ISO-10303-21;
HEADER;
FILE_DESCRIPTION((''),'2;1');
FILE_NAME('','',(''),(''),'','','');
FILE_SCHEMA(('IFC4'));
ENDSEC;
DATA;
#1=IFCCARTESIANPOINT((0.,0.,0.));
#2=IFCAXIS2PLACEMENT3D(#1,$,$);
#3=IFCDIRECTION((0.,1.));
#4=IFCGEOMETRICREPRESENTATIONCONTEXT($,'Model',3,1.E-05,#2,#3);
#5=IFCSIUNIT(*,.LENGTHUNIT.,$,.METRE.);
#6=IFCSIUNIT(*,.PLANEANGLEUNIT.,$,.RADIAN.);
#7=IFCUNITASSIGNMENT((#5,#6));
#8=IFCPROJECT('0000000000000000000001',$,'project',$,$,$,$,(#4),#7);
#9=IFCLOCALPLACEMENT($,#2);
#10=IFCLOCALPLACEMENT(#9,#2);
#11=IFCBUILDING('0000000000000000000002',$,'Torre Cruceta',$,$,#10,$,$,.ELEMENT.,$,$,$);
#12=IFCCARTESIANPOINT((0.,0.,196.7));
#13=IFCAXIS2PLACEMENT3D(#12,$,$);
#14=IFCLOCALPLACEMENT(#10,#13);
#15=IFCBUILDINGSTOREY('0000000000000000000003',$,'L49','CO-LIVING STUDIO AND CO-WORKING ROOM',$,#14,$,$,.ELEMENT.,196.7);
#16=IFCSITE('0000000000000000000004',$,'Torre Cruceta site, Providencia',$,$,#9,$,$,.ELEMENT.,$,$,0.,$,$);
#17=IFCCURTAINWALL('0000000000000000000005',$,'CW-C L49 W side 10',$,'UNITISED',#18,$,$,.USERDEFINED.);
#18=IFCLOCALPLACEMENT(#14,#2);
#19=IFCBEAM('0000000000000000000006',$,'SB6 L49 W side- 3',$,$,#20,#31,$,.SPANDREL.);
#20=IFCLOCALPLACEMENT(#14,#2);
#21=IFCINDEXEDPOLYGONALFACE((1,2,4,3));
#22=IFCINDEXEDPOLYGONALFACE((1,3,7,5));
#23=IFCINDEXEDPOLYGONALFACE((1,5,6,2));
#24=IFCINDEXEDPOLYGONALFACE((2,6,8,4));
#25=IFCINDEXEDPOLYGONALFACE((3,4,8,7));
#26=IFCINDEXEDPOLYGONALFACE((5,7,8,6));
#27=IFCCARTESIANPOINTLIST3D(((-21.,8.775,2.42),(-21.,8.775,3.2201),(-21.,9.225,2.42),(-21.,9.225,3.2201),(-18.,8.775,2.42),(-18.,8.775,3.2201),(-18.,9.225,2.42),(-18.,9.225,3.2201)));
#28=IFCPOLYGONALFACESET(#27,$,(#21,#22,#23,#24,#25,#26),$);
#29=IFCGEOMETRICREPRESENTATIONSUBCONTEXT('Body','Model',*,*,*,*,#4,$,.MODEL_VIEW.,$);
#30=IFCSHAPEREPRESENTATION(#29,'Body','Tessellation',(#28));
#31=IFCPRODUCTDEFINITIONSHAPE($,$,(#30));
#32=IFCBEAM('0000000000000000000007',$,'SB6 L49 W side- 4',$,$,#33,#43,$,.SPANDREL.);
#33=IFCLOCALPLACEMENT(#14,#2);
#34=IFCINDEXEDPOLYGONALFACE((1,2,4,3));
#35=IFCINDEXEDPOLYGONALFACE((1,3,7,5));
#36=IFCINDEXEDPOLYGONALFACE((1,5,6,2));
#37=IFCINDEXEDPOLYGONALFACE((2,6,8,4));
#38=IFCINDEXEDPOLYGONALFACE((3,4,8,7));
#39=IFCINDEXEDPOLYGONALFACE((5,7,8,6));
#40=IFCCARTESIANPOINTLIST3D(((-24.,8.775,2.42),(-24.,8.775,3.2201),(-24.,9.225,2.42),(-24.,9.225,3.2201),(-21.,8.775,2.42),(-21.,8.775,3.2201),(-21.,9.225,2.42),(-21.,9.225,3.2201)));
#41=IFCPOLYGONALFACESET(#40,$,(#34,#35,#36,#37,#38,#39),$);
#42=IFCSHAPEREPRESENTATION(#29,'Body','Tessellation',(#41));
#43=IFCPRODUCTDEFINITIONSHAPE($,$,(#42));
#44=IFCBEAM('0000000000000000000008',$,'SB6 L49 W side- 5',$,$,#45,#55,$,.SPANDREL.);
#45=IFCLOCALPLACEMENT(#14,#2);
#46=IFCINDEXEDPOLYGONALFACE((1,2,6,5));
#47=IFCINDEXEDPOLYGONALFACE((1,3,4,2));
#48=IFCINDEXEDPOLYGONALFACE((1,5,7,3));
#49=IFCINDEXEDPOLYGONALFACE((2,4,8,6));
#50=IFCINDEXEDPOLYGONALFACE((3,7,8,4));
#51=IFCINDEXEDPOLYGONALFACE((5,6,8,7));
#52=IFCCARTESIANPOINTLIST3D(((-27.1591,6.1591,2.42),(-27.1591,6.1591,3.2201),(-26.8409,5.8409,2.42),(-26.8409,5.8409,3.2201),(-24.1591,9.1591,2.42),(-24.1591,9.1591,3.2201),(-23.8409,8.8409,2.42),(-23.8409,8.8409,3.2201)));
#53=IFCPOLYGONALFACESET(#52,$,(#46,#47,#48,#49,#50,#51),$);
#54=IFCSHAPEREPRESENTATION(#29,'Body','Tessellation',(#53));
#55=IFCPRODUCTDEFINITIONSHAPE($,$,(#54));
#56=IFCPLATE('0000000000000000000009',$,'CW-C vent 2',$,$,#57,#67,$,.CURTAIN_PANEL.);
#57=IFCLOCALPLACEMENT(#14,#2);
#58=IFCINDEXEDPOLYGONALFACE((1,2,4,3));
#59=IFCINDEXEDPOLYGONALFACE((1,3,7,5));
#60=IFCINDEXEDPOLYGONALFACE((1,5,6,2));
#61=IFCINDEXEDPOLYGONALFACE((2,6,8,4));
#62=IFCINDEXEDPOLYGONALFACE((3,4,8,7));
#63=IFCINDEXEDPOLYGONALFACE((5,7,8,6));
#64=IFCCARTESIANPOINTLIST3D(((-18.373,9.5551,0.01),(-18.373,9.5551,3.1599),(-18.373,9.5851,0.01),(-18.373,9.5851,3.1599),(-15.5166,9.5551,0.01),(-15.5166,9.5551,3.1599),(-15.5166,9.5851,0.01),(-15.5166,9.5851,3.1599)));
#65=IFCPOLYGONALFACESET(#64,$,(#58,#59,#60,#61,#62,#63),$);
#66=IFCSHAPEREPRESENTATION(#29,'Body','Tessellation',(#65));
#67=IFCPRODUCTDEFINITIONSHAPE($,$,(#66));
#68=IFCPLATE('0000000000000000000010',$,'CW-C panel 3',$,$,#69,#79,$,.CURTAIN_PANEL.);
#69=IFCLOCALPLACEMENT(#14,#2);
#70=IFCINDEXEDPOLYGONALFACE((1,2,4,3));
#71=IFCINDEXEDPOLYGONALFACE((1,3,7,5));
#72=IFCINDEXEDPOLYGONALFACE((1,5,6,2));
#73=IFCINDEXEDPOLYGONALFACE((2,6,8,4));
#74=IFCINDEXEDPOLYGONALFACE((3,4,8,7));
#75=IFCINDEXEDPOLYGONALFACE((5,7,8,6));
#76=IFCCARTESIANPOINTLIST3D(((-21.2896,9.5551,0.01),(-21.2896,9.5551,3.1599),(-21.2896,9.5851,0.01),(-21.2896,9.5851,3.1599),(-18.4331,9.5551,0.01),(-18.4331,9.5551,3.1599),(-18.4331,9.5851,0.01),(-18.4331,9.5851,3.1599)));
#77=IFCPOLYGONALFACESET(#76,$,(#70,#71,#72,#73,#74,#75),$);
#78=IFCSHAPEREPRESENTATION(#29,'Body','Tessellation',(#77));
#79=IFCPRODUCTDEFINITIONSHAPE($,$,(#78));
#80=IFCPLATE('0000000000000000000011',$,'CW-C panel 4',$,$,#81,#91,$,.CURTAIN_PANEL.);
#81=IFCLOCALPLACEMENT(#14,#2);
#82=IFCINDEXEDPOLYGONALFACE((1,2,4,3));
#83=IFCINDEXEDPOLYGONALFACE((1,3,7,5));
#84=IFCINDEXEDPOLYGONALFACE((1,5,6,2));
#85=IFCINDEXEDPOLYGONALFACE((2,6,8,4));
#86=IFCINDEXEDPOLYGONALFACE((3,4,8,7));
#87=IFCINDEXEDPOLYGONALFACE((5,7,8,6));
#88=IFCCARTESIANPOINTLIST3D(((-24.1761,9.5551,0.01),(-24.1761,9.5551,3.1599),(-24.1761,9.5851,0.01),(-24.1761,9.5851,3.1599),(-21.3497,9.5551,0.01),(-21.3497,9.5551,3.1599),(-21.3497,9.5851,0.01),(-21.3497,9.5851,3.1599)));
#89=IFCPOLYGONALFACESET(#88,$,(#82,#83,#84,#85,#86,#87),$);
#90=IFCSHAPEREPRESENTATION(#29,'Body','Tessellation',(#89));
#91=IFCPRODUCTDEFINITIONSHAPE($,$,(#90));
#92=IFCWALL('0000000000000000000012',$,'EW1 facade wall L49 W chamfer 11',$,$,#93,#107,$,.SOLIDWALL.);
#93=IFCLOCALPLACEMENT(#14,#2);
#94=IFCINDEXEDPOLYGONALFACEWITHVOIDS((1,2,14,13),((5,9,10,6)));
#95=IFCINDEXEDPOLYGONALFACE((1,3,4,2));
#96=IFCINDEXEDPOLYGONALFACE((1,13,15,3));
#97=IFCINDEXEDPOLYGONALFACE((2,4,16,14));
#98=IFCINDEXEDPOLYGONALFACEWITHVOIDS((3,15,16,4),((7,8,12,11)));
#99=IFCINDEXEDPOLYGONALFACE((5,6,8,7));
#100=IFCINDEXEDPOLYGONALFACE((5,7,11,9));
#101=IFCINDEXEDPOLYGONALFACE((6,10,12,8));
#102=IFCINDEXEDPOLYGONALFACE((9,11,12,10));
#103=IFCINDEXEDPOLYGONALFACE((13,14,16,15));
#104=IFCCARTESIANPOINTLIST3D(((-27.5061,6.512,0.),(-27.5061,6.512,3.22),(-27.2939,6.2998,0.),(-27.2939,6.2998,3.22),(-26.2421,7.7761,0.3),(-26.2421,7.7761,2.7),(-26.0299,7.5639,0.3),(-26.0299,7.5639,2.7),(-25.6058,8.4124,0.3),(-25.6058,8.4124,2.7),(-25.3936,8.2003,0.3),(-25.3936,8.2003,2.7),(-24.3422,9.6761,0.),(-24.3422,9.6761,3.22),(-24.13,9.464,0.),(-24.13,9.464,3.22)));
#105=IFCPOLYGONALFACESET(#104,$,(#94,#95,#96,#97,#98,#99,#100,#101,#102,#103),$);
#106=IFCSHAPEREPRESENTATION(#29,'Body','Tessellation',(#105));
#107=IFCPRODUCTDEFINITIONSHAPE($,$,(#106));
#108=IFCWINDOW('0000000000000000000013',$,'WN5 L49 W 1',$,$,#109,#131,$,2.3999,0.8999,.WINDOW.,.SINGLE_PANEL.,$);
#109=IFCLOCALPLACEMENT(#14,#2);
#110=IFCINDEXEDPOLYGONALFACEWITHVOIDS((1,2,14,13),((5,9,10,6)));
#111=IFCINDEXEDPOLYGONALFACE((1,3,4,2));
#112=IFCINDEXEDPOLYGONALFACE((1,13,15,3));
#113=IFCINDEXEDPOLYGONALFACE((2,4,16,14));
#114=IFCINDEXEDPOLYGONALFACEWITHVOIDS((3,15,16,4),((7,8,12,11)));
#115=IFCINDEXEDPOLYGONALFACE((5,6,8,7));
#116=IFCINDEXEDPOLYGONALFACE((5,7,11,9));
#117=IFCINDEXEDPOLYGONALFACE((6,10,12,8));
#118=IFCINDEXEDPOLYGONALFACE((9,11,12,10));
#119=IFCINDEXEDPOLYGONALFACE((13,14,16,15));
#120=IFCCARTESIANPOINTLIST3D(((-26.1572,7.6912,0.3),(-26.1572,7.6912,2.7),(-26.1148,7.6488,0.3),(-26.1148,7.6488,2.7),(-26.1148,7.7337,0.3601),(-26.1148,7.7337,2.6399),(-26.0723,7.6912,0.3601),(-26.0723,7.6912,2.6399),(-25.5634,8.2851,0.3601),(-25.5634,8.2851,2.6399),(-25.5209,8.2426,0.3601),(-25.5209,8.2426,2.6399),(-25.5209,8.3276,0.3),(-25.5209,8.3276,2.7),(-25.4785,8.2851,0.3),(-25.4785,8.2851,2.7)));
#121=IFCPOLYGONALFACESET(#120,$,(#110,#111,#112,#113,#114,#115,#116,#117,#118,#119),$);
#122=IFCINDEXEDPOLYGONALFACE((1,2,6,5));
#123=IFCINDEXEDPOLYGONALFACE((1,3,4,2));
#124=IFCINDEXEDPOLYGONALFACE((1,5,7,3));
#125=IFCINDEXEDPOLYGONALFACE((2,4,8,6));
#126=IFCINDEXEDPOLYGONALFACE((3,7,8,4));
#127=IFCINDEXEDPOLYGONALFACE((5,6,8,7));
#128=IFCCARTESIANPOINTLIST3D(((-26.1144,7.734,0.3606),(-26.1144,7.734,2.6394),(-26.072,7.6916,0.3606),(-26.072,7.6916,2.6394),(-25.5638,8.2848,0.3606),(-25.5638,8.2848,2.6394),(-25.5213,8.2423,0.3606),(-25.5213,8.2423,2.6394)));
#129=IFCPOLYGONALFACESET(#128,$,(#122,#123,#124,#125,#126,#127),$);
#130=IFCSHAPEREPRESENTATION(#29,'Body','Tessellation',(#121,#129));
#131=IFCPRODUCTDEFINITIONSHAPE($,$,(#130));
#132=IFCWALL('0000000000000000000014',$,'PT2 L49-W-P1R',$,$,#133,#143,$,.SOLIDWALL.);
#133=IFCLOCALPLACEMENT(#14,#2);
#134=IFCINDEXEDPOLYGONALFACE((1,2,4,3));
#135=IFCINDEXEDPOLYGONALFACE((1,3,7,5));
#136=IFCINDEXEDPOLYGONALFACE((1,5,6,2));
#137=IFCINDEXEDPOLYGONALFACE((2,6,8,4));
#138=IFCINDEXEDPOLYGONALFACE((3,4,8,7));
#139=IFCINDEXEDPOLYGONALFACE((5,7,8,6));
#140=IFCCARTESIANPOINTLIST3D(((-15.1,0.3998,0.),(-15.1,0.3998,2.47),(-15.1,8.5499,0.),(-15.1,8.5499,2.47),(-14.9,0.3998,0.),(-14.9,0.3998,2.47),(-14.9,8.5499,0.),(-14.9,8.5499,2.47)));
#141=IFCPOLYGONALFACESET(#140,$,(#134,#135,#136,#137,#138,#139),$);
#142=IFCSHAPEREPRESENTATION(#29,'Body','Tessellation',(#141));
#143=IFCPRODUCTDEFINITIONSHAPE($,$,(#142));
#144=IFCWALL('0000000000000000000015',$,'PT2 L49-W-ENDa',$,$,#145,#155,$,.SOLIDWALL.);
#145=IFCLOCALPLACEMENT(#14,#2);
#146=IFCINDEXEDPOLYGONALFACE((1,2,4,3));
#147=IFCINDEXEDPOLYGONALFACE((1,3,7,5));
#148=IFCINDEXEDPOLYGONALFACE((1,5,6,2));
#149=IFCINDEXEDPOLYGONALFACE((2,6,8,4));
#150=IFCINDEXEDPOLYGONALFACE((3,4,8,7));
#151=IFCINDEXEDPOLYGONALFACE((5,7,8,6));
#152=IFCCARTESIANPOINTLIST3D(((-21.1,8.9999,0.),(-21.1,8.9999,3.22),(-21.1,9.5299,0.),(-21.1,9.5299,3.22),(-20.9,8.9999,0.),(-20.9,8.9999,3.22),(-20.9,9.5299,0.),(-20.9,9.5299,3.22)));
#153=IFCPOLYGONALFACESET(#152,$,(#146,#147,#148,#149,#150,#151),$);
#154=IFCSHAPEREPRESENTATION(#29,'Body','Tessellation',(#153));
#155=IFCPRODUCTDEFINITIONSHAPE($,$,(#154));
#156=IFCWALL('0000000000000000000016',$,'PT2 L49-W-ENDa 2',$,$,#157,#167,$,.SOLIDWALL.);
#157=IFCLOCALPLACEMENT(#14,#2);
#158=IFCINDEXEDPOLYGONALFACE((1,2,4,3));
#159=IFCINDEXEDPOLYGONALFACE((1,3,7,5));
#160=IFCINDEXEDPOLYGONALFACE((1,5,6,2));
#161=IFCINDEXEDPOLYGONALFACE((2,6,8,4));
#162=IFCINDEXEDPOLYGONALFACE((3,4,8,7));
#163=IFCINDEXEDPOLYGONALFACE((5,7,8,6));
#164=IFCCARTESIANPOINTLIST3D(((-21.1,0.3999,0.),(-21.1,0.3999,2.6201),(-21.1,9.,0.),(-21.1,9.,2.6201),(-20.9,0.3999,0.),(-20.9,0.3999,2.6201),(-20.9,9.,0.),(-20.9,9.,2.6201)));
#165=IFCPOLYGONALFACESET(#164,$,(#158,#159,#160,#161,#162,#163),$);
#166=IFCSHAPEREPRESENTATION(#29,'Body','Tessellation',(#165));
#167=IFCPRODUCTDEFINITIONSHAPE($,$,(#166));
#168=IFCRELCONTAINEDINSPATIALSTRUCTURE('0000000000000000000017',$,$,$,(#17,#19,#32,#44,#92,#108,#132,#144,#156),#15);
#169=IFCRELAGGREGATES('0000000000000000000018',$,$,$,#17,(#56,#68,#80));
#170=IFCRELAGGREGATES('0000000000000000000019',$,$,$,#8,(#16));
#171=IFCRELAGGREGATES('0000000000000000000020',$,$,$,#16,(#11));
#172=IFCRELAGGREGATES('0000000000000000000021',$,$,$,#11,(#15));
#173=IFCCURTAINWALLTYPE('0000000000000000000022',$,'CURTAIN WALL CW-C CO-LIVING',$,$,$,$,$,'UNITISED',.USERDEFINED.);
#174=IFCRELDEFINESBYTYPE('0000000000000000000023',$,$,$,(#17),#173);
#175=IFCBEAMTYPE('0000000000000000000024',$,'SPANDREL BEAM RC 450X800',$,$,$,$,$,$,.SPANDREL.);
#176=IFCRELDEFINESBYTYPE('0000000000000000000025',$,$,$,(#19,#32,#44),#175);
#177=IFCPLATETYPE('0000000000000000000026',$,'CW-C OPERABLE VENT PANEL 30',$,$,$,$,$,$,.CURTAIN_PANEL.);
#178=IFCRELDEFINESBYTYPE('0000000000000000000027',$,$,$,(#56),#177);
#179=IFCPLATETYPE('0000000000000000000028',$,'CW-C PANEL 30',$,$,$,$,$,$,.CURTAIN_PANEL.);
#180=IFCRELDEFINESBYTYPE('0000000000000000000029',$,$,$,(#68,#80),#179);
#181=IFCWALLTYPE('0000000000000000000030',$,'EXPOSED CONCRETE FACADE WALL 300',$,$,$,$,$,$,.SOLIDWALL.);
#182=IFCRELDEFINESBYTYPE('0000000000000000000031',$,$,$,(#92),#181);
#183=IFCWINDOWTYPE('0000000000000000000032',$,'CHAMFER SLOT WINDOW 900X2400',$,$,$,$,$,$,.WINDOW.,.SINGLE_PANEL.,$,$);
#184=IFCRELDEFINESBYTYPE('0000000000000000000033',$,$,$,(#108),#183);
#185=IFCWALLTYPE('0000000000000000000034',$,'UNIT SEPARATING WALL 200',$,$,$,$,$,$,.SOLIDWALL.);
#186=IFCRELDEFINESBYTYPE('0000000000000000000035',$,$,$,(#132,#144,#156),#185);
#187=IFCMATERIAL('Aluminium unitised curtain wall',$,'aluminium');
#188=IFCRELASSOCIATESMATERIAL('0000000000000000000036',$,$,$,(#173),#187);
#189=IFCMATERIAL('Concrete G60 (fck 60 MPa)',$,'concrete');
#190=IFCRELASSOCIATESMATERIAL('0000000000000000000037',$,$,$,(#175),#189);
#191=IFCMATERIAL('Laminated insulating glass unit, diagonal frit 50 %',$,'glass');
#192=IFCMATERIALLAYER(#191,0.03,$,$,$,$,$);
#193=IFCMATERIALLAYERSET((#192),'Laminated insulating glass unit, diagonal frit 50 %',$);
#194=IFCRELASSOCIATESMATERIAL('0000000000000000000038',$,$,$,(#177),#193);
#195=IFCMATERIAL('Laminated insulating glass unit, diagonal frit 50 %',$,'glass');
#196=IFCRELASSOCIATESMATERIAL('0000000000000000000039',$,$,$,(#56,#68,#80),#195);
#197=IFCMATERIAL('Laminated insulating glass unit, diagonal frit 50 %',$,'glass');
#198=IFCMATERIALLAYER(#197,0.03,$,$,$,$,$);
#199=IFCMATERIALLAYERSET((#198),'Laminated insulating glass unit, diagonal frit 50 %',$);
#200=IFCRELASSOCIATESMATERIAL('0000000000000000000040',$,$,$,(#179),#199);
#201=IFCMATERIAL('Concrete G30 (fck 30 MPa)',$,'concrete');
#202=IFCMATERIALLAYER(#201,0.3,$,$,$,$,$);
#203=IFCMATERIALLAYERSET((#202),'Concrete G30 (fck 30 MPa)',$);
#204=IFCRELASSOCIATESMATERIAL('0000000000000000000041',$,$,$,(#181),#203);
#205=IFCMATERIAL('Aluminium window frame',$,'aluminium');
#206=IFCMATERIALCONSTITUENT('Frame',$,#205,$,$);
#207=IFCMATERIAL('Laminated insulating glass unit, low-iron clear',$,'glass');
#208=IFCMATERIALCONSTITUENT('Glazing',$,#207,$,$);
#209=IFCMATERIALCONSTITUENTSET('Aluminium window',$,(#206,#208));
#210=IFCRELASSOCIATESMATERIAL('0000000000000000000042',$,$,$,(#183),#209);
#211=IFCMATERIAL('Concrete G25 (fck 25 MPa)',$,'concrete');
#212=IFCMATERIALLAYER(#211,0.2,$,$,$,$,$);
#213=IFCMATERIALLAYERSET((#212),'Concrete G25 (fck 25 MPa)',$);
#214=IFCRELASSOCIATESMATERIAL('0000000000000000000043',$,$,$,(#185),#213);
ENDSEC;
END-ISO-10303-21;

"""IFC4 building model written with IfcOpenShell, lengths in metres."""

from ifc_helpers import new_model, si_unit, direction, frame, frame_2d, origin, origin_2d, place, context, subcontext, project, spatial, rectangle, hollow_rectangle, extrude, material, layer, layer_set, constituent, constituent_set, material_profile, profile_set, type_object, element, fill, aggregate, save


model = new_model("IFC4")

# Units and contexts
model_context = context("Model", 3, precision=1e-05, world=origin(), true_north=direction((0.0, 1.0)))
body_context = subcontext(model_context, "Body", "Model", "MODEL_VIEW")
ifc_project = project(units=[si_unit("LENGTHUNIT", "METRE"), si_unit("PLANEANGLEUNIT", "RADIAN")], contexts=[model_context])

# Site, building, storey
site_placement = place(None, origin())
site = spatial("IfcSite", under=ifc_project, at=site_placement, Name="Torre Cruceta site, Providencia", CompositionType="ELEMENT", RefElevation=0.0)
building_placement = place(site_placement, origin())
building = spatial("IfcBuilding", under=site, at=building_placement, Name="Torre Cruceta", CompositionType="ELEMENT")
storey_placement = place(building_placement, frame((0.0, 0.0, 196.7)))
storey = spatial("IfcBuildingStorey", under=building, at=storey_placement, Name="L49", Description="CO-LIVING STUDIO AND CO-WORKING ROOM", CompositionType="ELEMENT", Elevation=196.7)

# Curtain wall
ifc_material_1 = material(Name="Aluminium unitised curtain wall", Category="aluminium")
curtain_wall_type = type_object("IfcCurtainWallType", Name="CURTAIN WALL CW-C CO-LIVING", ElementType="UNITISED", PredefinedType="USERDEFINED", material=ifc_material_1)
curtain_wall_placement = place(storey_placement, origin())
curtain_wall = element("IfcCurtainWall", 1, at=curtain_wall_placement, inside=storey, type_object=curtain_wall_type, Name="CW-C L49 W side 10", ObjectType="UNITISED", PredefinedType="USERDEFINED")

# Beams
ifc_material_2 = material(Name="Concrete G60 (fck 60 MPa)", Category="concrete")
ifc_material_profile_1 = material_profile(ifc_material_2, rectangle(XDim=0.45, YDim=0.8, at=origin_2d()), Name="RC 450X800")
ifc_profile_set_1 = profile_set([ifc_material_profile_1], Name="Concrete G60 (fck 60 MPa)")
beam_type_1 = type_object("IfcBeamType", Name="SPANDREL BEAM RC 450X800", PredefinedType="SPANDREL", material=ifc_profile_set_1)
for number, where, z_axis, x_axis, name in (
    (2, (-18.0, 9.0, 2.8201), (-1.0, 0.0, 0.0), (0.0, -1.0, 0.0), "SB6 L49 W side- 3"),
    (3, (-21.0, 9.0, 2.8201), (-1.0, 0.0, 0.0), (0.0, -1.0, 0.0), "SB6 L49 W side- 4"),
):
    element("IfcBeam", number, at=place(storey_placement, frame(where, z_axis=z_axis, x_axis=x_axis)), inside=storey, type_object=beam_type_1, Name=name, PredefinedType="SPANDREL", context=body_context, shape_type="SweptSolid", body=[
        extrude(rectangle(XDim=0.45, YDim=0.8, at=origin_2d()), origin(), (0.0, 0.0, 1.0), 3.0),
    ])
beam_1_placement = place(storey_placement, frame((-24.0, 9.0, 2.8201), z_axis=(-0.707107, -0.707107, 0.0), x_axis=(0.707107, -0.707107, 0.0)))
element("IfcBeam", 4, at=beam_1_placement, inside=storey, type_object=beam_type_1, Name="SB6 L49 W side- 5", PredefinedType="SPANDREL", context=body_context, shape_type="SweptSolid", body=[
    extrude(rectangle(XDim=0.45, YDim=0.8, at=origin_2d()), origin(), (0.0, 0.0, 1.0), 4.2427),
])

# Plates
ifc_material_3 = material(Name="Laminated insulating glass unit, diagonal frit 50 %", Category="glass")
ifc_material_4 = material(Name="Laminated insulating glass unit, diagonal frit 50 %", Category="glass")
ifc_layer_1 = layer(ifc_material_4, 0.03)
ifc_layer_set_1 = layer_set([ifc_layer_1], Name="Laminated insulating glass unit, diagonal frit 50 %")
plate_type_1 = type_object("IfcPlateType", Name="CW-C OPERABLE VENT PANEL 30", PredefinedType="CURTAIN_PANEL", material=ifc_layer_set_1)
plate_1_placement = place(storey_placement, frame((-16.9448, 9.5701, 0.01), z_axis=(0.0, 0.0, 1.0), x_axis=(-1.0, 0.0, 0.0)))
plate_1 = element("IfcPlate", 5, at=plate_1_placement, type_object=plate_type_1, material=ifc_material_3, Name="CW-C vent 2", PredefinedType="CURTAIN_PANEL", context=body_context, shape_type="SweptSolid", body=[
    extrude(rectangle(XDim=2.8564, YDim=0.03, at=origin_2d()), origin(), (0.0, 0.0, 1.0), 3.1499),
])
ifc_material_5 = material(Name="Laminated insulating glass unit, diagonal frit 50 %", Category="glass")
ifc_layer_2 = layer(ifc_material_5, 0.03)
ifc_layer_set_2 = layer_set([ifc_layer_2], Name="Laminated insulating glass unit, diagonal frit 50 %")
plate_type_2 = type_object("IfcPlateType", Name="CW-C PANEL 30", PredefinedType="CURTAIN_PANEL", material=ifc_layer_set_2)
plate_2_placement = place(storey_placement, frame((-19.8613, 9.5701, 0.01), z_axis=(0.0, 0.0, 1.0), x_axis=(-1.0, 0.0, 0.0)))
plate_2 = element("IfcPlate", 6, at=plate_2_placement, type_object=plate_type_2, material=ifc_material_3, Name="CW-C panel 3", PredefinedType="CURTAIN_PANEL", context=body_context, shape_type="SweptSolid", body=[
    extrude(rectangle(XDim=2.8564, YDim=0.03, at=origin_2d()), origin(), (0.0, 0.0, 1.0), 3.1499),
])
plate_3_placement = place(storey_placement, frame((-22.7629, 9.5701, 0.01), z_axis=(0.0, 0.0, 1.0), x_axis=(-1.0, 0.0, 0.0)))
plate_3 = element("IfcPlate", 7, at=plate_3_placement, type_object=plate_type_2, material=ifc_material_3, Name="CW-C panel 4", PredefinedType="CURTAIN_PANEL", context=body_context, shape_type="SweptSolid", body=[
    extrude(rectangle(XDim=2.8264, YDim=0.03, at=origin_2d()), origin(), (0.0, 0.0, 1.0), 3.1499),
])
aggregate(curtain_wall, [plate_1, plate_2, plate_3])

# Wall, opening, window
ifc_material_6 = material(Name="Concrete G30 (fck 30 MPa)", Category="concrete")
ifc_layer_3 = layer(ifc_material_6, 0.3)
ifc_layer_set_3 = layer_set([ifc_layer_3], Name="Concrete G30 (fck 30 MPa)")
wall_type_1 = type_object("IfcWallType", Name="EXPOSED CONCRETE FACADE WALL 300", PredefinedType="SOLIDWALL", material=ifc_layer_set_3)
wall_1_placement = place(storey_placement, frame((-24.2361, 9.5701, 0.0), z_axis=(0.0, 0.0, 1.0), x_axis=(-0.707079, -0.707134, 0.0)))
wall_1 = element("IfcWall", 8, at=wall_1_placement, inside=storey, type_object=wall_type_1, Name="EW1 facade wall L49 W chamfer 11", PredefinedType="SOLIDWALL", context=body_context, shape_type="SweptSolid", body=[
    extrude(rectangle(XDim=4.4746, YDim=0.3, at=frame_2d((2.2373, 0.0))), origin(), (0.0, 0.0, 1.0), 3.22),
])
opening_placement = place(wall_1_placement, frame((1.7871, 0.0, 0.3)))
opening = element("IfcOpeningElement", 9, at=opening_placement, cuts=wall_1, PredefinedType="OPENING", context=body_context, shape_type="SweptSolid", body=[
    extrude(rectangle(XDim=0.8999, YDim=2.3999, at=frame_2d((0.45, 1.2))), frame((0.0, 0.1599, 0.0), z_axis=(0.0, -1.0, 0.0), x_axis=(1.0, 0.0, 0.0)), (0.0, 0.0, 1.0), 0.3201),
])
ifc_material_7 = material(Name="Aluminium window frame", Category="aluminium")
ifc_constituent_1 = constituent(ifc_material_7, Name="Frame")
ifc_material_8 = material(Name="Laminated insulating glass unit, low-iron clear", Category="glass")
ifc_constituent_2 = constituent(ifc_material_8, Name="Glazing")
ifc_constituent_set = constituent_set(constituents=[ifc_constituent_1, ifc_constituent_2], Name="Aluminium window")
window_type = type_object("IfcWindowType", Name="CHAMFER SLOT WINDOW 900X2400", PartitioningType="SINGLE_PANEL", PredefinedType="WINDOW", material=ifc_constituent_set)
window_placement = place(opening_placement, origin())
window = element("IfcWindow", 10, at=window_placement, inside=storey, type_object=window_type, Name="WN5 L49 W 1", OverallHeight=2.3999, OverallWidth=0.8999, PartitioningType="SINGLE_PANEL", PredefinedType="WINDOW", context=body_context, shape_type="SweptSolid", body=[
    extrude(hollow_rectangle(XDim=0.8999, YDim=2.3999, WallThickness=0.0601, at=frame_2d((0.45, 1.2))), frame((0.0, 0.03, 0.0), z_axis=(0.0, -1.0, 0.0), x_axis=(1.0, 0.0, 0.0)), (0.0, 0.0, 1.0), 0.0601),
    extrude(rectangle(XDim=0.7788, YDim=2.2788, at=frame_2d((0.45, 1.2))), frame((0.0, 0.03, 0.0), z_axis=(0.0, -1.0, 0.0), x_axis=(1.0, 0.0, 0.0)), (0.0, 0.0, 1.0), 0.0601),
])
fill(opening, window)

# Walls
ifc_material_9 = material(Name="Concrete G25 (fck 25 MPa)", Category="concrete")
ifc_layer_4 = layer(ifc_material_9, 0.2)
ifc_layer_set_4 = layer_set([ifc_layer_4], Name="Concrete G25 (fck 25 MPa)")
wall_type_2 = type_object("IfcWallType", Name="UNIT SEPARATING WALL 200", PredefinedType="SOLIDWALL", material=ifc_layer_set_4)
wall_2_placement = place(storey_placement, frame((-15.0, 8.55, 0.0), z_axis=(0.0, 0.0, 1.0), x_axis=(0.0, -1.0, 0.0)))
element("IfcWall", 11, at=wall_2_placement, inside=storey, type_object=wall_type_2, Name="PT2 L49-W-P1R", PredefinedType="SOLIDWALL", context=body_context, shape_type="SweptSolid", body=[
    extrude(rectangle(XDim=8.1501, YDim=0.2, at=frame_2d((4.0752, 0.0))), origin(), (0.0, 0.0, 1.0), 2.47),
])
wall_3_placement = place(storey_placement, frame((-21.0, 9.53, 0.0), z_axis=(0.0, 0.0, 1.0), x_axis=(0.0, -1.0, 0.0)))
element("IfcWall", 12, at=wall_3_placement, inside=storey, type_object=wall_type_2, Name="PT2 L49-W-ENDa", PredefinedType="SOLIDWALL", context=body_context, shape_type="SweptSolid", body=[
    extrude(rectangle(XDim=0.53, YDim=0.2, at=frame_2d((0.2651, 0.0))), origin(), (0.0, 0.0, 1.0), 3.22),
])
wall_4_placement = place(storey_placement, frame((-21.0, 9.0, 0.0), z_axis=(0.0, 0.0, 1.0), x_axis=(0.0, -1.0, 0.0)))
element("IfcWall", 13, at=wall_4_placement, inside=storey, type_object=wall_type_2, Name="PT2 L49-W-ENDa 2", PredefinedType="SOLIDWALL", context=body_context, shape_type="SweptSolid", body=[
    extrude(rectangle(XDim=8.6001, YDim=0.2, at=frame_2d((4.3, 0.0))), origin(), (0.0, 0.0, 1.0), 2.6201),
])

save(model, "model.ifc")
